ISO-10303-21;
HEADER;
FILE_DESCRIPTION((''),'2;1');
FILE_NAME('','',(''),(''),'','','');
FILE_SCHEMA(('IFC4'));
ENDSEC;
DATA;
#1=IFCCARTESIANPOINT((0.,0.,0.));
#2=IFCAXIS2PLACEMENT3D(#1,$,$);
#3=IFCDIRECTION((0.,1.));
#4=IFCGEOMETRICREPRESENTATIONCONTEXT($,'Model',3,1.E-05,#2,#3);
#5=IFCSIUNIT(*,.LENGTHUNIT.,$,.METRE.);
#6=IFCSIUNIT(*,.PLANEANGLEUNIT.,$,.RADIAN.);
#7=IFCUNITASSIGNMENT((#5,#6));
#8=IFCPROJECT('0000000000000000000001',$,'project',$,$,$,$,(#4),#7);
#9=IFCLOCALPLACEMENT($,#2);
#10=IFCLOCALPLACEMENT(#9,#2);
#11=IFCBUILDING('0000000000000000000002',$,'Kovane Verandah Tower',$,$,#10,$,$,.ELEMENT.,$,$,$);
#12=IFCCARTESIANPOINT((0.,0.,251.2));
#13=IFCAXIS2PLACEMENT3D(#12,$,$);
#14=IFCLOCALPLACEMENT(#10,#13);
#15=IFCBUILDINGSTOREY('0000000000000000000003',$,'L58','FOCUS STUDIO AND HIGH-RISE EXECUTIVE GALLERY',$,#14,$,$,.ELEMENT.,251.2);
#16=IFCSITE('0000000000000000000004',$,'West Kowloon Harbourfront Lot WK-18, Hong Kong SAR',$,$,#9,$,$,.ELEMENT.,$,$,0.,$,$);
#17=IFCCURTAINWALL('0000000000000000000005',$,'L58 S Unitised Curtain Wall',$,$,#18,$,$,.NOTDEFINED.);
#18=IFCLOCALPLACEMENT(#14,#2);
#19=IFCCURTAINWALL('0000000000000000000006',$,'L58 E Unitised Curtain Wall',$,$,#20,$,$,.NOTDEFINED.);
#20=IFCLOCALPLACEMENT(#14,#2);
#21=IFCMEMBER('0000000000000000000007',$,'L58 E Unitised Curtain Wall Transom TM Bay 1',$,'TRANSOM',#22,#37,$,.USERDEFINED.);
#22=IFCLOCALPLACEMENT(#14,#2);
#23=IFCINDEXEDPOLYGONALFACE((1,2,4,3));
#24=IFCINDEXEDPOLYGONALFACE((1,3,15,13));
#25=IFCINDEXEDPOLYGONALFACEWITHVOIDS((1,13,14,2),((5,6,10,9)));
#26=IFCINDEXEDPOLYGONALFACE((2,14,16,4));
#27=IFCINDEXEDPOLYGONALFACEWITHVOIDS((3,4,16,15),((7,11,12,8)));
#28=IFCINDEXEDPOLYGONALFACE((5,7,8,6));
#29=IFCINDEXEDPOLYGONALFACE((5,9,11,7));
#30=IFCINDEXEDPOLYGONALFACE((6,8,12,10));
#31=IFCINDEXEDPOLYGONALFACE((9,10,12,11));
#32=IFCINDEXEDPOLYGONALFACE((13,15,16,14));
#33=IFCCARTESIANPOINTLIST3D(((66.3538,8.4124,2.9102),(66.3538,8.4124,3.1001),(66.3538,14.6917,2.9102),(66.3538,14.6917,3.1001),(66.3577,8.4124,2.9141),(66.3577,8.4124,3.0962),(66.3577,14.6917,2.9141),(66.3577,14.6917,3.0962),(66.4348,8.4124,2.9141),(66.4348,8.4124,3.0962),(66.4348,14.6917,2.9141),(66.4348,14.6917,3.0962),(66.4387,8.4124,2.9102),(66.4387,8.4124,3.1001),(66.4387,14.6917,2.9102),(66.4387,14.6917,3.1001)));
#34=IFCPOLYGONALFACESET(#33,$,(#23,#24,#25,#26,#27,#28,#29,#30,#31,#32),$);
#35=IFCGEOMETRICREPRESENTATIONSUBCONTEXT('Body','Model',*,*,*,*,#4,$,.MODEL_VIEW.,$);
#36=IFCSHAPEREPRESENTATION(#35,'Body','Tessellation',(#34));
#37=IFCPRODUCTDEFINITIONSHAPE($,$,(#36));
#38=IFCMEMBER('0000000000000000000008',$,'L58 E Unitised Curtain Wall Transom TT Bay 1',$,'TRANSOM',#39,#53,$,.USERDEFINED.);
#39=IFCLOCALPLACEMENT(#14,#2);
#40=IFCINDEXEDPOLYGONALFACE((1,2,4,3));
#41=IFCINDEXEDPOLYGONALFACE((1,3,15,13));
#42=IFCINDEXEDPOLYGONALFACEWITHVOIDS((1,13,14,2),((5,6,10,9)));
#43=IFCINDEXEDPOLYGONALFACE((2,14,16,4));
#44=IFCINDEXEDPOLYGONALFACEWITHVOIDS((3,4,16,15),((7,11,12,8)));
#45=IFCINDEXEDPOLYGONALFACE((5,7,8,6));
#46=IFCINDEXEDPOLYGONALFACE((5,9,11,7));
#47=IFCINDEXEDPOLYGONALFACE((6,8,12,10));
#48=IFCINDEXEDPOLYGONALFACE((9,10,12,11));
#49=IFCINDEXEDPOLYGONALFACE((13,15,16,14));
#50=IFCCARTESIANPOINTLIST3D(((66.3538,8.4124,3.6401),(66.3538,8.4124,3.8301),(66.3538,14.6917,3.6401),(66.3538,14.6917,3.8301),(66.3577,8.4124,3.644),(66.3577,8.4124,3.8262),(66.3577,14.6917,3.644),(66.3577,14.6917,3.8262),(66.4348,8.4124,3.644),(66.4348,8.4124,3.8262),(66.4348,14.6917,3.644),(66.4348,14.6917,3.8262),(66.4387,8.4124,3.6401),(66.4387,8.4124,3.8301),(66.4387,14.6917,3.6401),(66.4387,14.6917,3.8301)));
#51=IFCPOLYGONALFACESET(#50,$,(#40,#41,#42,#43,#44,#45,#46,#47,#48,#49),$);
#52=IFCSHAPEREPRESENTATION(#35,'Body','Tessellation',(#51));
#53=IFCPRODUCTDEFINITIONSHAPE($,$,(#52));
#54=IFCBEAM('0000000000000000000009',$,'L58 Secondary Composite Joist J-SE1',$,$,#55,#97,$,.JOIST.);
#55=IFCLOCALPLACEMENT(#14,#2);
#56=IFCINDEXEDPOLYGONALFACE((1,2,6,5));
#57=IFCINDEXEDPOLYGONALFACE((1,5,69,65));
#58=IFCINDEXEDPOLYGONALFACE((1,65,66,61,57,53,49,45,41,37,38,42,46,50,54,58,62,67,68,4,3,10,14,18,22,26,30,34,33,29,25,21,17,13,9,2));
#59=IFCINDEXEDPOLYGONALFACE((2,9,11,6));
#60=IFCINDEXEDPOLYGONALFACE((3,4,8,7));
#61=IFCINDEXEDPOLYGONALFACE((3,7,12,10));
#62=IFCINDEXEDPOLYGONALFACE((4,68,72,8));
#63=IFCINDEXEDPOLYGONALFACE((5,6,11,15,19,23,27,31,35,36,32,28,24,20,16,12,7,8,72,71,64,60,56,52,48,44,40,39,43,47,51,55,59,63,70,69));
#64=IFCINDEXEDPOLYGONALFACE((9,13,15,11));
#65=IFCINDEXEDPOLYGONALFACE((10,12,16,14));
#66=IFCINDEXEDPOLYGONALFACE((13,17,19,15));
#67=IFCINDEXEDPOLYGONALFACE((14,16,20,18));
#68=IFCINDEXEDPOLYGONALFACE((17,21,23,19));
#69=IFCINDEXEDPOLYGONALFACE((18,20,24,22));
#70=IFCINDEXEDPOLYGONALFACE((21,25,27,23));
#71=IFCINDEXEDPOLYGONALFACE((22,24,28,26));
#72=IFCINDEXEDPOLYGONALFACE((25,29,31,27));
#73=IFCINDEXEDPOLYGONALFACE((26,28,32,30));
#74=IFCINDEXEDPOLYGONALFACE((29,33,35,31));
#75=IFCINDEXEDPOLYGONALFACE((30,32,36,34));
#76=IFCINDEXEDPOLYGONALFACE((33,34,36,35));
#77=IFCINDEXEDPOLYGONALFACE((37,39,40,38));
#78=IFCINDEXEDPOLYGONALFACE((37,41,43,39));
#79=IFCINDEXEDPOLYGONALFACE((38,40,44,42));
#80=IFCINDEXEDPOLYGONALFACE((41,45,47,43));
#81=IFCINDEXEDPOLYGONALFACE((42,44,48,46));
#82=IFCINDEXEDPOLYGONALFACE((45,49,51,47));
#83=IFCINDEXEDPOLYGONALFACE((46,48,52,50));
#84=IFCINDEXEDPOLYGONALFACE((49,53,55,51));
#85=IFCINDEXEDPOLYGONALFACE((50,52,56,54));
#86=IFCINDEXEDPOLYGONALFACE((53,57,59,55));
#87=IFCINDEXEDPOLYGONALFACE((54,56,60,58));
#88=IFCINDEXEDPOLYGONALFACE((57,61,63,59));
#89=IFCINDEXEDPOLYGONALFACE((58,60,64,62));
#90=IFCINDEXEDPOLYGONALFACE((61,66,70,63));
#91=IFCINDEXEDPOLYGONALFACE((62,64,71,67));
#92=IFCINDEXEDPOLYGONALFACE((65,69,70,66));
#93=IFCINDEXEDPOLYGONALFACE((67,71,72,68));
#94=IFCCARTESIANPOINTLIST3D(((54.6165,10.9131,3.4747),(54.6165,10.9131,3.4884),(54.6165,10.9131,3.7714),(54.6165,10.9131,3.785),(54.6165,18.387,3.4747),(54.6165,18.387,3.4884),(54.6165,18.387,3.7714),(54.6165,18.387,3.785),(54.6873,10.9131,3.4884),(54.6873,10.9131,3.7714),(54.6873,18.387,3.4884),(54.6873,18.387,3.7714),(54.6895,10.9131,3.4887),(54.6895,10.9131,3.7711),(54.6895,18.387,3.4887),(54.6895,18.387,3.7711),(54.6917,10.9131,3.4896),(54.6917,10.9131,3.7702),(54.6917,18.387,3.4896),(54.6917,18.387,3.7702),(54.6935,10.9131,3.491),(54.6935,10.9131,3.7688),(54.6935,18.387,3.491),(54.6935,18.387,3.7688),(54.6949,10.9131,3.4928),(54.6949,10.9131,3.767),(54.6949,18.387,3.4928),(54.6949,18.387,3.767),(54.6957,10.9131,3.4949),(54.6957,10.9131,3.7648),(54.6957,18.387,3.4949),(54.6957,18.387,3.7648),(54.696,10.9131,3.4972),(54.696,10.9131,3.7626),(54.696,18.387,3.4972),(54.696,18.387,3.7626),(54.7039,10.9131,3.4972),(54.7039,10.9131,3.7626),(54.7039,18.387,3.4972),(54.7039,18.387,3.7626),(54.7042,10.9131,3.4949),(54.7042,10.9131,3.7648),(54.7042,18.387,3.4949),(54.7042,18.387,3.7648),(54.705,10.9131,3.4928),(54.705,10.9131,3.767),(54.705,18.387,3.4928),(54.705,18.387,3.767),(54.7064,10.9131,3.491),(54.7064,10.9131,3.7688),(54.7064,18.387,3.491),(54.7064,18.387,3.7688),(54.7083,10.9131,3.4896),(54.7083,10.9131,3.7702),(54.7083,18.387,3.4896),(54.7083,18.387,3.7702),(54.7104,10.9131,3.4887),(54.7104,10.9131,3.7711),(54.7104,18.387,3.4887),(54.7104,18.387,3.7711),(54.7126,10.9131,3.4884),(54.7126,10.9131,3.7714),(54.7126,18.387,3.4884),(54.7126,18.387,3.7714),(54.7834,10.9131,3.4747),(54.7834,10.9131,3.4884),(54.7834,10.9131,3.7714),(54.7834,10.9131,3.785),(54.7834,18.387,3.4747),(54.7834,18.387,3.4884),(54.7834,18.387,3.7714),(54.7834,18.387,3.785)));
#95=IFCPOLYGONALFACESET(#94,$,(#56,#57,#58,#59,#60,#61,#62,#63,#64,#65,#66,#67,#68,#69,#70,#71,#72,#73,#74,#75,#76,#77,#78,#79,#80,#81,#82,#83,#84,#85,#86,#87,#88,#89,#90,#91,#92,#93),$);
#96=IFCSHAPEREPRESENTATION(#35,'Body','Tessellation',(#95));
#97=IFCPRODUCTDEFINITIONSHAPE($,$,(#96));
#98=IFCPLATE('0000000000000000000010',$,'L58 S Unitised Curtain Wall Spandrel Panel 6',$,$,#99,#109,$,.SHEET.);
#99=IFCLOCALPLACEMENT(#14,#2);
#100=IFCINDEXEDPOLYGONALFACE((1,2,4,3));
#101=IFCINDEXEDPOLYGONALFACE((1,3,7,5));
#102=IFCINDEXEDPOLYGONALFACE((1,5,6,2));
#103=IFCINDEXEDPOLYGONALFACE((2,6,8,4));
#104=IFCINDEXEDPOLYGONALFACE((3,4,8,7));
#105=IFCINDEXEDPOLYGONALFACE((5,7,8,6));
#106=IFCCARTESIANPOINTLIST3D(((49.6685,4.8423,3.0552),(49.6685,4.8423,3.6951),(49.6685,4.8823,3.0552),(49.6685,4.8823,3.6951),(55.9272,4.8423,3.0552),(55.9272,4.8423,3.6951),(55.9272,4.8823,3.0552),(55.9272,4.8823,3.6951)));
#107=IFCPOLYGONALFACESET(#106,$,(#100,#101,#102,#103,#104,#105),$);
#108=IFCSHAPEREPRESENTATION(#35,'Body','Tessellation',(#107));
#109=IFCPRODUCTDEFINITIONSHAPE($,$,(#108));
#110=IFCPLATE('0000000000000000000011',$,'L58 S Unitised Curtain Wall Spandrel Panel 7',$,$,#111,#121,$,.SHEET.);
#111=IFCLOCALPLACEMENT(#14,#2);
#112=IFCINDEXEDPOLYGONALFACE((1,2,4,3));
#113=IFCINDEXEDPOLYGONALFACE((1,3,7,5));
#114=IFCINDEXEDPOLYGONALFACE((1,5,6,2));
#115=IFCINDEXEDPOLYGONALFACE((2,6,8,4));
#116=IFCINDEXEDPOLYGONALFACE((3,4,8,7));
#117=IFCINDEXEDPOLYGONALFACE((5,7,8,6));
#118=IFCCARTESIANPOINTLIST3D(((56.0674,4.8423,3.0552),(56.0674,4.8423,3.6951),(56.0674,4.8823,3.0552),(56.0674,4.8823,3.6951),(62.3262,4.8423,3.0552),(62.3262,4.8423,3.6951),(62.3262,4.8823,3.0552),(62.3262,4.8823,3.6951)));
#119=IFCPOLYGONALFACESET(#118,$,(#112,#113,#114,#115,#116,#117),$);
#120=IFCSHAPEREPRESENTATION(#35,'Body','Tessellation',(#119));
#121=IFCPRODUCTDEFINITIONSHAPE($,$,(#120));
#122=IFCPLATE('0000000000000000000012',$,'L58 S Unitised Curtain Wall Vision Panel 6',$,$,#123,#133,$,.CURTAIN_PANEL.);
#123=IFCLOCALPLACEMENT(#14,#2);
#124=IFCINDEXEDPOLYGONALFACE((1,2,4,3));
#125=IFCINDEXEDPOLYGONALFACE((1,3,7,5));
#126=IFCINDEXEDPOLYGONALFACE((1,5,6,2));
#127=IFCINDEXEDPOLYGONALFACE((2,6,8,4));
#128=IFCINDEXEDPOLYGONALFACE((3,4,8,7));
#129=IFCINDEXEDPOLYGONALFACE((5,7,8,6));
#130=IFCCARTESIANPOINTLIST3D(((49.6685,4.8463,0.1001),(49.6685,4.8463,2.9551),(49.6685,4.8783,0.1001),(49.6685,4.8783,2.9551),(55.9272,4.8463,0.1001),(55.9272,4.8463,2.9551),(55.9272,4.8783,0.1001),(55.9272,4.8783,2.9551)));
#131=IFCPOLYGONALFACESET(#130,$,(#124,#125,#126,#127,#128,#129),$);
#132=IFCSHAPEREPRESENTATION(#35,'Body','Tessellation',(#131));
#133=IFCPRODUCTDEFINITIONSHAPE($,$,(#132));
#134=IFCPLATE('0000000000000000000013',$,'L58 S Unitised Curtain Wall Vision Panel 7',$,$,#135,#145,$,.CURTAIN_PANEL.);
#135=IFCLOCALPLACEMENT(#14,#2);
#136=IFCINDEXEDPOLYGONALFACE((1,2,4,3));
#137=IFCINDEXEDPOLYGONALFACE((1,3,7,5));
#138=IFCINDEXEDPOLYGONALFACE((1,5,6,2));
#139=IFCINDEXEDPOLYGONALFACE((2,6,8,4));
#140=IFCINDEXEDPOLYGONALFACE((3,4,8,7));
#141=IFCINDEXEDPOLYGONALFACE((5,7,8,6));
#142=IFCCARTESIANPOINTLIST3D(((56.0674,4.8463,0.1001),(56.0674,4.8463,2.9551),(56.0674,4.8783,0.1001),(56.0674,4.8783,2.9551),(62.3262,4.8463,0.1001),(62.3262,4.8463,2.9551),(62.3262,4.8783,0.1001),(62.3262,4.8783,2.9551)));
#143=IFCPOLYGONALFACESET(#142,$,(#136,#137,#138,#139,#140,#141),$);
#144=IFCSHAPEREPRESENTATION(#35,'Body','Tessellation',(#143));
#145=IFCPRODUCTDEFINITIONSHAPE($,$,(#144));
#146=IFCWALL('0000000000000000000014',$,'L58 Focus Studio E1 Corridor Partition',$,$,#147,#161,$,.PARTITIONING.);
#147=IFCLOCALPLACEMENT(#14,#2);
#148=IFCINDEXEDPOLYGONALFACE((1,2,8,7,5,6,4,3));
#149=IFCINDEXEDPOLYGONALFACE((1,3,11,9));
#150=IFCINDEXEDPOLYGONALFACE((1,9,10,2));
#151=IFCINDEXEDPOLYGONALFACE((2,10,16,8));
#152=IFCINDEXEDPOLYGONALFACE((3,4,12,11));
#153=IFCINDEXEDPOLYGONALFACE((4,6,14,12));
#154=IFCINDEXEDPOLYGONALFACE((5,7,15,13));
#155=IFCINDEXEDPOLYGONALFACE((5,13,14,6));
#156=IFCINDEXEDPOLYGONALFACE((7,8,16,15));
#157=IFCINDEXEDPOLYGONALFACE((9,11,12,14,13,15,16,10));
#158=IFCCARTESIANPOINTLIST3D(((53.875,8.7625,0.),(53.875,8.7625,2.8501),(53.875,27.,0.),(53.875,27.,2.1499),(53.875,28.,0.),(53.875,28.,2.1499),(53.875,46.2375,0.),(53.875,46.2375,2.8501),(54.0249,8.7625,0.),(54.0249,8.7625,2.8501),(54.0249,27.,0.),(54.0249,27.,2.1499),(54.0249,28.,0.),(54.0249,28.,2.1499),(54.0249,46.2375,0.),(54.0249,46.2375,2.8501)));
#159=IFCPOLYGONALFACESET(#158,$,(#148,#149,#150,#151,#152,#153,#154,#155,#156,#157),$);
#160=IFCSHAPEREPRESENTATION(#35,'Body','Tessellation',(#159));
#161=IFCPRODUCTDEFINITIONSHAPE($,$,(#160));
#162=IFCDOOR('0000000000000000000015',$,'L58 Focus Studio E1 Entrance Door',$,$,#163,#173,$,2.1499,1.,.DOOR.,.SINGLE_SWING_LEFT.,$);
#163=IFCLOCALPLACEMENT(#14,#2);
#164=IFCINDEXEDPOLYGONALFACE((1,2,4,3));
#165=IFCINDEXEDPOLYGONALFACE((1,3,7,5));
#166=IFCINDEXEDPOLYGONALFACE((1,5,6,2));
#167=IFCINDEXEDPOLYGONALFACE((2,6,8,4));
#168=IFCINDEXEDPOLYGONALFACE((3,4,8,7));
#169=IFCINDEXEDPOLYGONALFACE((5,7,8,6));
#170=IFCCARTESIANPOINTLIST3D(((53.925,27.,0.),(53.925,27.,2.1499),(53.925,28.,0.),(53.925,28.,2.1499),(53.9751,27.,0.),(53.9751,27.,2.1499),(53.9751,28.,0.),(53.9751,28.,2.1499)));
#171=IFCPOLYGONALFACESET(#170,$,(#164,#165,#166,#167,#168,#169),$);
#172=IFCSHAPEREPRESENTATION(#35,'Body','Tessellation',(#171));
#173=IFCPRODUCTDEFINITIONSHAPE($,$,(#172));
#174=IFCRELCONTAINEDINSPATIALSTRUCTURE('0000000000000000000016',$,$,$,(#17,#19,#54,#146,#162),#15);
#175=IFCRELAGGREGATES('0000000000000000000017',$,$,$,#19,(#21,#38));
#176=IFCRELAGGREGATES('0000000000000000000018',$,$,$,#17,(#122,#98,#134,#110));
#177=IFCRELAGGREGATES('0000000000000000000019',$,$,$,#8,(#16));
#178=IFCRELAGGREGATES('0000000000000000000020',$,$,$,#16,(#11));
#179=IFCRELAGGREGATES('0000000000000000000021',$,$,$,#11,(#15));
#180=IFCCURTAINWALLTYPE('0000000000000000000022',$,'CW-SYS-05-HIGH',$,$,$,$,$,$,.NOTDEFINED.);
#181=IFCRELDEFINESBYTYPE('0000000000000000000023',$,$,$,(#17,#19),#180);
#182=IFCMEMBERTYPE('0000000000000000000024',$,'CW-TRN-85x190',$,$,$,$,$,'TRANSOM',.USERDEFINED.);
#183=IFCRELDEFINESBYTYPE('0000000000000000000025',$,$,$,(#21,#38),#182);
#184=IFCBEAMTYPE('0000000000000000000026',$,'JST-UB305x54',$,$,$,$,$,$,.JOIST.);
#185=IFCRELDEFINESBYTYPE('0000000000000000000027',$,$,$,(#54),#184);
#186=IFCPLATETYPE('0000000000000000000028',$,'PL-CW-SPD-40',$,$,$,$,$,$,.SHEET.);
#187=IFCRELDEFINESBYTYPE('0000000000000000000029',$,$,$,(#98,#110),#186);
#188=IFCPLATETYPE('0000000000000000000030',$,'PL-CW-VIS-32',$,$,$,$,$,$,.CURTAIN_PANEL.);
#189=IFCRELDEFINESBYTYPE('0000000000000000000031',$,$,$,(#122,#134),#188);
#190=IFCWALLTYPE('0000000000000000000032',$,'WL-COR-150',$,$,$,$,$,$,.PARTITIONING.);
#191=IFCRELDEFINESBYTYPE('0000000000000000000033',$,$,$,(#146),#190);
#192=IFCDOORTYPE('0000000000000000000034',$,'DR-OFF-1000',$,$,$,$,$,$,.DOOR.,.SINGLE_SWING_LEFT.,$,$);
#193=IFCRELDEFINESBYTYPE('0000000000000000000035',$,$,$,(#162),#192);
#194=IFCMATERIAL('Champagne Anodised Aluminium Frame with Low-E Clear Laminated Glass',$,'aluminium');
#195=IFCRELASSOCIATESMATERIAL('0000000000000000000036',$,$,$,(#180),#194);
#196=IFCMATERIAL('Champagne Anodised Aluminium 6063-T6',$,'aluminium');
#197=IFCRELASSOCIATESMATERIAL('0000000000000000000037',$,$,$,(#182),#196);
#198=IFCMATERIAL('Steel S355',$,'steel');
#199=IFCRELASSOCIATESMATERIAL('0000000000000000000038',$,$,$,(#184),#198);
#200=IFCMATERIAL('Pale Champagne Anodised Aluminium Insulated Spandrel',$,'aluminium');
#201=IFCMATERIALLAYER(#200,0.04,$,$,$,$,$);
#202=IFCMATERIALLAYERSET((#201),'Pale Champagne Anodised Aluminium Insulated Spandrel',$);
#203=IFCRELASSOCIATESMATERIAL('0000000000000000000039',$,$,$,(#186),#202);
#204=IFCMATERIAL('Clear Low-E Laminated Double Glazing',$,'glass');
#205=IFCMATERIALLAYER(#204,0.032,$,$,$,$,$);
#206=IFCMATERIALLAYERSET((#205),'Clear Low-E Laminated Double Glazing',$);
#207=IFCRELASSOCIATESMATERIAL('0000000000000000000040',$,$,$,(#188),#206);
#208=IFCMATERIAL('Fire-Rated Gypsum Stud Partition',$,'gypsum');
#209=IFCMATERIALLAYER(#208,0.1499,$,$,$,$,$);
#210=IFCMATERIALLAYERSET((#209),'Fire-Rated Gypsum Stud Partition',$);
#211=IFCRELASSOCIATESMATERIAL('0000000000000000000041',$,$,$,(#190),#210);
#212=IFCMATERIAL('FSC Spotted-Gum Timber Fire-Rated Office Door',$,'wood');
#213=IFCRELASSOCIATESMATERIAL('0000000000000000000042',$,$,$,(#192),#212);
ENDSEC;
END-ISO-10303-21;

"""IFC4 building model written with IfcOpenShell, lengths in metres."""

from ifc_helpers import new_model, si_unit, direction, frame, frame_2d, origin, origin_2d, place, context, subcontext, project, spatial, rectangle, hollow_rectangle, i_section, extrude, material, layer, layer_set, material_profile, profile_set, type_object, element, fill, aggregate, save


model = new_model("IFC4")

# Units and contexts
model_context = context("Model", 3, precision=1e-05, world=origin(), true_north=direction((0.0, 1.0)))
body_context = subcontext(model_context, "Body", "Model", "MODEL_VIEW")
ifc_project = project(units=[si_unit("LENGTHUNIT", "METRE"), si_unit("PLANEANGLEUNIT", "RADIAN")], contexts=[model_context])

# Site, building, storey
site_placement = place(None, origin())
site = spatial("IfcSite", under=ifc_project, at=site_placement, Name="West Kowloon Harbourfront Lot WK-18, Hong Kong SAR", CompositionType="ELEMENT", RefElevation=0.0)
building_placement = place(site_placement, origin())
building = spatial("IfcBuilding", under=site, at=building_placement, Name="Kovane Verandah Tower", CompositionType="ELEMENT")
storey_placement = place(building_placement, frame((0.0, 0.0, 251.2)))
storey = spatial("IfcBuildingStorey", under=building, at=storey_placement, Name="L58", Description="FOCUS STUDIO AND HIGH-RISE EXECUTIVE GALLERY", CompositionType="ELEMENT", Elevation=251.2)

# Shared definitions
ifc_material_1 = material(Name="Steel S355", Category="steel")

# Curtain wall
ifc_material_2 = material(Name="Champagne Anodised Aluminium Frame with Low-E Clear Laminated Glass", Category="aluminium")
curtain_wall_type = type_object("IfcCurtainWallType", Name="CW-SYS-05-HIGH", PredefinedType="NOTDEFINED", material=ifc_material_2)
curtain_wall_1_placement = place(storey_placement, origin())
curtain_wall_1 = element("IfcCurtainWall", 1, at=curtain_wall_1_placement, inside=storey, type_object=curtain_wall_type, Name="L58 S Unitised Curtain Wall", PredefinedType="NOTDEFINED")
ifc_material_3 = material(Name="Champagne Anodised Aluminium 6063-T6", Category="aluminium")

# Curtain wall
curtain_wall_2_placement = place(storey_placement, origin())
curtain_wall_2 = element("IfcCurtainWall", 2, at=curtain_wall_2_placement, inside=storey, type_object=curtain_wall_type, Name="L58 E Unitised Curtain Wall", PredefinedType="NOTDEFINED")

# Members
ifc_material_profile_1 = material_profile(ifc_material_3, hollow_rectangle(XDim=0.085, YDim=0.1899, WallThickness=0.0039, at=origin_2d()), Name="AL85x190x4")
ifc_profile_set_1 = profile_set([ifc_material_profile_1], Name="Champagne Anodised Aluminium 6063-T6")
member_type_1 = type_object("IfcMemberType", Name="CW-TRN-85x190", ElementType="TRANSOM", PredefinedType="USERDEFINED", material=ifc_profile_set_1)
member_1_placement = place(storey_placement, frame((66.3962, 8.4124, 3.0051), z_axis=(0.0, 1.0, 0.0), x_axis=(-1.0, 0.0, 0.0)))
member_1 = element("IfcMember", 3, at=member_1_placement, type_object=member_type_1, Name="L58 E Unitised Curtain Wall Transom TM Bay 1", ObjectType="TRANSOM", PredefinedType="USERDEFINED", context=body_context, shape_type="SweptSolid", body=[
    extrude(hollow_rectangle(XDim=0.085, YDim=0.1899, WallThickness=0.0039, at=origin_2d()), origin(), (0.0, 0.0, 1.0), 6.2793),
])
member_2_placement = place(storey_placement, frame((66.3962, 8.4124, 3.7351), z_axis=(0.0, 1.0, 0.0), x_axis=(-1.0, 0.0, 0.0)))
member_2 = element("IfcMember", 4, at=member_2_placement, type_object=member_type_1, Name="L58 E Unitised Curtain Wall Transom TT Bay 1", ObjectType="TRANSOM", PredefinedType="USERDEFINED", context=body_context, shape_type="SweptSolid", body=[
    extrude(hollow_rectangle(XDim=0.085, YDim=0.1899, WallThickness=0.0039, at=origin_2d()), origin(), (0.0, 0.0, 1.0), 6.2793),
])
aggregate(curtain_wall_2, [member_1, member_2])

# Beam
ifc_material_profile_2 = material_profile(ifc_material_1, i_section(OverallWidth=0.167, OverallDepth=0.3103, WebThickness=0.0078, FlangeThickness=0.0137, FilletRadius=0.0088, at=origin_2d()), Name="UB305x165x54")
ifc_profile_set_2 = profile_set([ifc_material_profile_2], Name="Steel S355")
beam_type_1 = type_object("IfcBeamType", Name="JST-UB305x54", PredefinedType="JOIST", material=ifc_profile_set_2)
beam_1_placement = place(storey_placement, frame((54.7, 10.9131, 3.6299), z_axis=(0.0, 1.0, 0.0), x_axis=(-1.0, 0.0, 0.0)))
element("IfcBeam", 5, at=beam_1_placement, inside=storey, type_object=beam_type_1, Name="L58 Secondary Composite Joist J-SE1", PredefinedType="JOIST", context=body_context, shape_type="SweptSolid", body=[
    extrude(i_section(OverallWidth=0.167, OverallDepth=0.3103, WebThickness=0.0078, FlangeThickness=0.0137, FilletRadius=0.0088, at=origin_2d()), origin(), (0.0, 0.0, 1.0), 7.4739),
])

# Plates
ifc_material_4 = material(Name="Pale Champagne Anodised Aluminium Insulated Spandrel", Category="aluminium")
ifc_layer_1 = layer(ifc_material_4, 0.04)
ifc_layer_set_1 = layer_set([ifc_layer_1], Name="Pale Champagne Anodised Aluminium Insulated Spandrel")
plate_type_1 = type_object("IfcPlateType", Name="PL-CW-SPD-40", PredefinedType="SHEET", material=ifc_layer_set_1)
plate_1_placement = place(storey_placement, frame((52.7979, 4.8623, 3.0552), z_axis=(0.0, 0.0, 1.0), x_axis=(1.0, 0.0, 0.0)))
plate_1 = element("IfcPlate", 6, at=plate_1_placement, type_object=plate_type_1, Name="L58 S Unitised Curtain Wall Spandrel Panel 6", PredefinedType="SHEET", context=body_context, shape_type="SweptSolid", body=[
    extrude(rectangle(XDim=6.2588, YDim=0.04, at=origin_2d()), origin(), (0.0, 0.0, 1.0), 0.6399),
])
plate_2_placement = place(storey_placement, frame((59.1968, 4.8623, 3.0552), z_axis=(0.0, 0.0, 1.0), x_axis=(1.0, 0.0, 0.0)))
plate_2 = element("IfcPlate", 7, at=plate_2_placement, type_object=plate_type_1, Name="L58 S Unitised Curtain Wall Spandrel Panel 7", PredefinedType="SHEET", context=body_context, shape_type="SweptSolid", body=[
    extrude(rectangle(XDim=6.2588, YDim=0.04, at=origin_2d()), origin(), (0.0, 0.0, 1.0), 0.6399),
])
ifc_material_5 = material(Name="Clear Low-E Laminated Double Glazing", Category="glass")
ifc_layer_2 = layer(ifc_material_5, 0.032)
ifc_layer_set_2 = layer_set([ifc_layer_2], Name="Clear Low-E Laminated Double Glazing")
plate_type_2 = type_object("IfcPlateType", Name="PL-CW-VIS-32", PredefinedType="CURTAIN_PANEL", material=ifc_layer_set_2)
plate_3_placement = place(storey_placement, frame((52.7979, 4.8623, 0.1001), z_axis=(0.0, 0.0, 1.0), x_axis=(1.0, 0.0, 0.0)))
plate_3 = element("IfcPlate", 8, at=plate_3_placement, type_object=plate_type_2, Name="L58 S Unitised Curtain Wall Vision Panel 6", PredefinedType="CURTAIN_PANEL", context=body_context, shape_type="SweptSolid", body=[
    extrude(rectangle(XDim=6.2588, YDim=0.032, at=origin_2d()), origin(), (0.0, 0.0, 1.0), 2.855),
])
plate_4_placement = place(storey_placement, frame((59.1968, 4.8623, 0.1001), z_axis=(0.0, 0.0, 1.0), x_axis=(1.0, 0.0, 0.0)))
plate_4 = element("IfcPlate", 9, at=plate_4_placement, type_object=plate_type_2, Name="L58 S Unitised Curtain Wall Vision Panel 7", PredefinedType="CURTAIN_PANEL", context=body_context, shape_type="SweptSolid", body=[
    extrude(rectangle(XDim=6.2588, YDim=0.032, at=origin_2d()), origin(), (0.0, 0.0, 1.0), 2.855),
])
aggregate(curtain_wall_1, [plate_3, plate_1, plate_4, plate_2])

# Wall, opening, door
ifc_material_6 = material(Name="Fire-Rated Gypsum Stud Partition", Category="gypsum")
ifc_layer_3 = layer(ifc_material_6, 0.1499)
ifc_layer_set_3 = layer_set([ifc_layer_3], Name="Fire-Rated Gypsum Stud Partition")
wall_type_1 = type_object("IfcWallType", Name="WL-COR-150", PredefinedType="PARTITIONING", material=ifc_layer_set_3)
wall_1_placement = place(storey_placement, frame((53.95, 8.7625, 0.0), z_axis=(0.0, 0.0, 1.0), x_axis=(0.0, 1.0, 0.0)))
wall_1 = element("IfcWall", 10, at=wall_1_placement, inside=storey, type_object=wall_type_1, Name="L58 Focus Studio E1 Corridor Partition", PredefinedType="PARTITIONING", context=body_context, shape_type="SweptSolid", body=[
    extrude(rectangle(XDim=37.4751, YDim=0.1499, at=frame_2d((18.7375, 0.0))), origin(), (0.0, 0.0, 1.0), 2.8501),
])
opening_1_placement = place(wall_1_placement, frame((18.2375, 0.0, 0.0)))
opening_1 = element("IfcOpeningElement", 11, at=opening_1_placement, cuts=wall_1, PredefinedType="OPENING", context=body_context, shape_type="SweptSolid", body=[
    extrude(rectangle(XDim=1.0, YDim=2.1499, at=frame_2d((0.5, 1.075))), frame((0.0, 0.075, 0.0), z_axis=(0.0, -1.0, 0.0), x_axis=(1.0, 0.0, 0.0)), (0.0, 0.0, 1.0), 0.1499),
])
ifc_material_7 = material(Name="FSC Spotted-Gum Timber Fire-Rated Office Door", Category="wood")
door_type = type_object("IfcDoorType", Name="DR-OFF-1000", OperationType="SINGLE_SWING_LEFT", PredefinedType="DOOR", material=ifc_material_7)
door_placement = place(opening_1_placement, origin())
door = element("IfcDoor", 12, at=door_placement, inside=storey, type_object=door_type, Name="L58 Focus Studio E1 Entrance Door", OperationType="SINGLE_SWING_LEFT", OverallHeight=2.1499, OverallWidth=1.0, PredefinedType="DOOR", context=body_context, shape_type="SweptSolid", body=[
    extrude(rectangle(XDim=1.0, YDim=2.1499, at=frame_2d((0.5, 1.075))), frame((0.0, 0.0249, 0.0), z_axis=(0.0, -1.0, 0.0), x_axis=(1.0, 0.0, 0.0)), (0.0, 0.0, 1.0), 0.05),
])
fill(opening_1, door)

save(model, "model.ifc")
